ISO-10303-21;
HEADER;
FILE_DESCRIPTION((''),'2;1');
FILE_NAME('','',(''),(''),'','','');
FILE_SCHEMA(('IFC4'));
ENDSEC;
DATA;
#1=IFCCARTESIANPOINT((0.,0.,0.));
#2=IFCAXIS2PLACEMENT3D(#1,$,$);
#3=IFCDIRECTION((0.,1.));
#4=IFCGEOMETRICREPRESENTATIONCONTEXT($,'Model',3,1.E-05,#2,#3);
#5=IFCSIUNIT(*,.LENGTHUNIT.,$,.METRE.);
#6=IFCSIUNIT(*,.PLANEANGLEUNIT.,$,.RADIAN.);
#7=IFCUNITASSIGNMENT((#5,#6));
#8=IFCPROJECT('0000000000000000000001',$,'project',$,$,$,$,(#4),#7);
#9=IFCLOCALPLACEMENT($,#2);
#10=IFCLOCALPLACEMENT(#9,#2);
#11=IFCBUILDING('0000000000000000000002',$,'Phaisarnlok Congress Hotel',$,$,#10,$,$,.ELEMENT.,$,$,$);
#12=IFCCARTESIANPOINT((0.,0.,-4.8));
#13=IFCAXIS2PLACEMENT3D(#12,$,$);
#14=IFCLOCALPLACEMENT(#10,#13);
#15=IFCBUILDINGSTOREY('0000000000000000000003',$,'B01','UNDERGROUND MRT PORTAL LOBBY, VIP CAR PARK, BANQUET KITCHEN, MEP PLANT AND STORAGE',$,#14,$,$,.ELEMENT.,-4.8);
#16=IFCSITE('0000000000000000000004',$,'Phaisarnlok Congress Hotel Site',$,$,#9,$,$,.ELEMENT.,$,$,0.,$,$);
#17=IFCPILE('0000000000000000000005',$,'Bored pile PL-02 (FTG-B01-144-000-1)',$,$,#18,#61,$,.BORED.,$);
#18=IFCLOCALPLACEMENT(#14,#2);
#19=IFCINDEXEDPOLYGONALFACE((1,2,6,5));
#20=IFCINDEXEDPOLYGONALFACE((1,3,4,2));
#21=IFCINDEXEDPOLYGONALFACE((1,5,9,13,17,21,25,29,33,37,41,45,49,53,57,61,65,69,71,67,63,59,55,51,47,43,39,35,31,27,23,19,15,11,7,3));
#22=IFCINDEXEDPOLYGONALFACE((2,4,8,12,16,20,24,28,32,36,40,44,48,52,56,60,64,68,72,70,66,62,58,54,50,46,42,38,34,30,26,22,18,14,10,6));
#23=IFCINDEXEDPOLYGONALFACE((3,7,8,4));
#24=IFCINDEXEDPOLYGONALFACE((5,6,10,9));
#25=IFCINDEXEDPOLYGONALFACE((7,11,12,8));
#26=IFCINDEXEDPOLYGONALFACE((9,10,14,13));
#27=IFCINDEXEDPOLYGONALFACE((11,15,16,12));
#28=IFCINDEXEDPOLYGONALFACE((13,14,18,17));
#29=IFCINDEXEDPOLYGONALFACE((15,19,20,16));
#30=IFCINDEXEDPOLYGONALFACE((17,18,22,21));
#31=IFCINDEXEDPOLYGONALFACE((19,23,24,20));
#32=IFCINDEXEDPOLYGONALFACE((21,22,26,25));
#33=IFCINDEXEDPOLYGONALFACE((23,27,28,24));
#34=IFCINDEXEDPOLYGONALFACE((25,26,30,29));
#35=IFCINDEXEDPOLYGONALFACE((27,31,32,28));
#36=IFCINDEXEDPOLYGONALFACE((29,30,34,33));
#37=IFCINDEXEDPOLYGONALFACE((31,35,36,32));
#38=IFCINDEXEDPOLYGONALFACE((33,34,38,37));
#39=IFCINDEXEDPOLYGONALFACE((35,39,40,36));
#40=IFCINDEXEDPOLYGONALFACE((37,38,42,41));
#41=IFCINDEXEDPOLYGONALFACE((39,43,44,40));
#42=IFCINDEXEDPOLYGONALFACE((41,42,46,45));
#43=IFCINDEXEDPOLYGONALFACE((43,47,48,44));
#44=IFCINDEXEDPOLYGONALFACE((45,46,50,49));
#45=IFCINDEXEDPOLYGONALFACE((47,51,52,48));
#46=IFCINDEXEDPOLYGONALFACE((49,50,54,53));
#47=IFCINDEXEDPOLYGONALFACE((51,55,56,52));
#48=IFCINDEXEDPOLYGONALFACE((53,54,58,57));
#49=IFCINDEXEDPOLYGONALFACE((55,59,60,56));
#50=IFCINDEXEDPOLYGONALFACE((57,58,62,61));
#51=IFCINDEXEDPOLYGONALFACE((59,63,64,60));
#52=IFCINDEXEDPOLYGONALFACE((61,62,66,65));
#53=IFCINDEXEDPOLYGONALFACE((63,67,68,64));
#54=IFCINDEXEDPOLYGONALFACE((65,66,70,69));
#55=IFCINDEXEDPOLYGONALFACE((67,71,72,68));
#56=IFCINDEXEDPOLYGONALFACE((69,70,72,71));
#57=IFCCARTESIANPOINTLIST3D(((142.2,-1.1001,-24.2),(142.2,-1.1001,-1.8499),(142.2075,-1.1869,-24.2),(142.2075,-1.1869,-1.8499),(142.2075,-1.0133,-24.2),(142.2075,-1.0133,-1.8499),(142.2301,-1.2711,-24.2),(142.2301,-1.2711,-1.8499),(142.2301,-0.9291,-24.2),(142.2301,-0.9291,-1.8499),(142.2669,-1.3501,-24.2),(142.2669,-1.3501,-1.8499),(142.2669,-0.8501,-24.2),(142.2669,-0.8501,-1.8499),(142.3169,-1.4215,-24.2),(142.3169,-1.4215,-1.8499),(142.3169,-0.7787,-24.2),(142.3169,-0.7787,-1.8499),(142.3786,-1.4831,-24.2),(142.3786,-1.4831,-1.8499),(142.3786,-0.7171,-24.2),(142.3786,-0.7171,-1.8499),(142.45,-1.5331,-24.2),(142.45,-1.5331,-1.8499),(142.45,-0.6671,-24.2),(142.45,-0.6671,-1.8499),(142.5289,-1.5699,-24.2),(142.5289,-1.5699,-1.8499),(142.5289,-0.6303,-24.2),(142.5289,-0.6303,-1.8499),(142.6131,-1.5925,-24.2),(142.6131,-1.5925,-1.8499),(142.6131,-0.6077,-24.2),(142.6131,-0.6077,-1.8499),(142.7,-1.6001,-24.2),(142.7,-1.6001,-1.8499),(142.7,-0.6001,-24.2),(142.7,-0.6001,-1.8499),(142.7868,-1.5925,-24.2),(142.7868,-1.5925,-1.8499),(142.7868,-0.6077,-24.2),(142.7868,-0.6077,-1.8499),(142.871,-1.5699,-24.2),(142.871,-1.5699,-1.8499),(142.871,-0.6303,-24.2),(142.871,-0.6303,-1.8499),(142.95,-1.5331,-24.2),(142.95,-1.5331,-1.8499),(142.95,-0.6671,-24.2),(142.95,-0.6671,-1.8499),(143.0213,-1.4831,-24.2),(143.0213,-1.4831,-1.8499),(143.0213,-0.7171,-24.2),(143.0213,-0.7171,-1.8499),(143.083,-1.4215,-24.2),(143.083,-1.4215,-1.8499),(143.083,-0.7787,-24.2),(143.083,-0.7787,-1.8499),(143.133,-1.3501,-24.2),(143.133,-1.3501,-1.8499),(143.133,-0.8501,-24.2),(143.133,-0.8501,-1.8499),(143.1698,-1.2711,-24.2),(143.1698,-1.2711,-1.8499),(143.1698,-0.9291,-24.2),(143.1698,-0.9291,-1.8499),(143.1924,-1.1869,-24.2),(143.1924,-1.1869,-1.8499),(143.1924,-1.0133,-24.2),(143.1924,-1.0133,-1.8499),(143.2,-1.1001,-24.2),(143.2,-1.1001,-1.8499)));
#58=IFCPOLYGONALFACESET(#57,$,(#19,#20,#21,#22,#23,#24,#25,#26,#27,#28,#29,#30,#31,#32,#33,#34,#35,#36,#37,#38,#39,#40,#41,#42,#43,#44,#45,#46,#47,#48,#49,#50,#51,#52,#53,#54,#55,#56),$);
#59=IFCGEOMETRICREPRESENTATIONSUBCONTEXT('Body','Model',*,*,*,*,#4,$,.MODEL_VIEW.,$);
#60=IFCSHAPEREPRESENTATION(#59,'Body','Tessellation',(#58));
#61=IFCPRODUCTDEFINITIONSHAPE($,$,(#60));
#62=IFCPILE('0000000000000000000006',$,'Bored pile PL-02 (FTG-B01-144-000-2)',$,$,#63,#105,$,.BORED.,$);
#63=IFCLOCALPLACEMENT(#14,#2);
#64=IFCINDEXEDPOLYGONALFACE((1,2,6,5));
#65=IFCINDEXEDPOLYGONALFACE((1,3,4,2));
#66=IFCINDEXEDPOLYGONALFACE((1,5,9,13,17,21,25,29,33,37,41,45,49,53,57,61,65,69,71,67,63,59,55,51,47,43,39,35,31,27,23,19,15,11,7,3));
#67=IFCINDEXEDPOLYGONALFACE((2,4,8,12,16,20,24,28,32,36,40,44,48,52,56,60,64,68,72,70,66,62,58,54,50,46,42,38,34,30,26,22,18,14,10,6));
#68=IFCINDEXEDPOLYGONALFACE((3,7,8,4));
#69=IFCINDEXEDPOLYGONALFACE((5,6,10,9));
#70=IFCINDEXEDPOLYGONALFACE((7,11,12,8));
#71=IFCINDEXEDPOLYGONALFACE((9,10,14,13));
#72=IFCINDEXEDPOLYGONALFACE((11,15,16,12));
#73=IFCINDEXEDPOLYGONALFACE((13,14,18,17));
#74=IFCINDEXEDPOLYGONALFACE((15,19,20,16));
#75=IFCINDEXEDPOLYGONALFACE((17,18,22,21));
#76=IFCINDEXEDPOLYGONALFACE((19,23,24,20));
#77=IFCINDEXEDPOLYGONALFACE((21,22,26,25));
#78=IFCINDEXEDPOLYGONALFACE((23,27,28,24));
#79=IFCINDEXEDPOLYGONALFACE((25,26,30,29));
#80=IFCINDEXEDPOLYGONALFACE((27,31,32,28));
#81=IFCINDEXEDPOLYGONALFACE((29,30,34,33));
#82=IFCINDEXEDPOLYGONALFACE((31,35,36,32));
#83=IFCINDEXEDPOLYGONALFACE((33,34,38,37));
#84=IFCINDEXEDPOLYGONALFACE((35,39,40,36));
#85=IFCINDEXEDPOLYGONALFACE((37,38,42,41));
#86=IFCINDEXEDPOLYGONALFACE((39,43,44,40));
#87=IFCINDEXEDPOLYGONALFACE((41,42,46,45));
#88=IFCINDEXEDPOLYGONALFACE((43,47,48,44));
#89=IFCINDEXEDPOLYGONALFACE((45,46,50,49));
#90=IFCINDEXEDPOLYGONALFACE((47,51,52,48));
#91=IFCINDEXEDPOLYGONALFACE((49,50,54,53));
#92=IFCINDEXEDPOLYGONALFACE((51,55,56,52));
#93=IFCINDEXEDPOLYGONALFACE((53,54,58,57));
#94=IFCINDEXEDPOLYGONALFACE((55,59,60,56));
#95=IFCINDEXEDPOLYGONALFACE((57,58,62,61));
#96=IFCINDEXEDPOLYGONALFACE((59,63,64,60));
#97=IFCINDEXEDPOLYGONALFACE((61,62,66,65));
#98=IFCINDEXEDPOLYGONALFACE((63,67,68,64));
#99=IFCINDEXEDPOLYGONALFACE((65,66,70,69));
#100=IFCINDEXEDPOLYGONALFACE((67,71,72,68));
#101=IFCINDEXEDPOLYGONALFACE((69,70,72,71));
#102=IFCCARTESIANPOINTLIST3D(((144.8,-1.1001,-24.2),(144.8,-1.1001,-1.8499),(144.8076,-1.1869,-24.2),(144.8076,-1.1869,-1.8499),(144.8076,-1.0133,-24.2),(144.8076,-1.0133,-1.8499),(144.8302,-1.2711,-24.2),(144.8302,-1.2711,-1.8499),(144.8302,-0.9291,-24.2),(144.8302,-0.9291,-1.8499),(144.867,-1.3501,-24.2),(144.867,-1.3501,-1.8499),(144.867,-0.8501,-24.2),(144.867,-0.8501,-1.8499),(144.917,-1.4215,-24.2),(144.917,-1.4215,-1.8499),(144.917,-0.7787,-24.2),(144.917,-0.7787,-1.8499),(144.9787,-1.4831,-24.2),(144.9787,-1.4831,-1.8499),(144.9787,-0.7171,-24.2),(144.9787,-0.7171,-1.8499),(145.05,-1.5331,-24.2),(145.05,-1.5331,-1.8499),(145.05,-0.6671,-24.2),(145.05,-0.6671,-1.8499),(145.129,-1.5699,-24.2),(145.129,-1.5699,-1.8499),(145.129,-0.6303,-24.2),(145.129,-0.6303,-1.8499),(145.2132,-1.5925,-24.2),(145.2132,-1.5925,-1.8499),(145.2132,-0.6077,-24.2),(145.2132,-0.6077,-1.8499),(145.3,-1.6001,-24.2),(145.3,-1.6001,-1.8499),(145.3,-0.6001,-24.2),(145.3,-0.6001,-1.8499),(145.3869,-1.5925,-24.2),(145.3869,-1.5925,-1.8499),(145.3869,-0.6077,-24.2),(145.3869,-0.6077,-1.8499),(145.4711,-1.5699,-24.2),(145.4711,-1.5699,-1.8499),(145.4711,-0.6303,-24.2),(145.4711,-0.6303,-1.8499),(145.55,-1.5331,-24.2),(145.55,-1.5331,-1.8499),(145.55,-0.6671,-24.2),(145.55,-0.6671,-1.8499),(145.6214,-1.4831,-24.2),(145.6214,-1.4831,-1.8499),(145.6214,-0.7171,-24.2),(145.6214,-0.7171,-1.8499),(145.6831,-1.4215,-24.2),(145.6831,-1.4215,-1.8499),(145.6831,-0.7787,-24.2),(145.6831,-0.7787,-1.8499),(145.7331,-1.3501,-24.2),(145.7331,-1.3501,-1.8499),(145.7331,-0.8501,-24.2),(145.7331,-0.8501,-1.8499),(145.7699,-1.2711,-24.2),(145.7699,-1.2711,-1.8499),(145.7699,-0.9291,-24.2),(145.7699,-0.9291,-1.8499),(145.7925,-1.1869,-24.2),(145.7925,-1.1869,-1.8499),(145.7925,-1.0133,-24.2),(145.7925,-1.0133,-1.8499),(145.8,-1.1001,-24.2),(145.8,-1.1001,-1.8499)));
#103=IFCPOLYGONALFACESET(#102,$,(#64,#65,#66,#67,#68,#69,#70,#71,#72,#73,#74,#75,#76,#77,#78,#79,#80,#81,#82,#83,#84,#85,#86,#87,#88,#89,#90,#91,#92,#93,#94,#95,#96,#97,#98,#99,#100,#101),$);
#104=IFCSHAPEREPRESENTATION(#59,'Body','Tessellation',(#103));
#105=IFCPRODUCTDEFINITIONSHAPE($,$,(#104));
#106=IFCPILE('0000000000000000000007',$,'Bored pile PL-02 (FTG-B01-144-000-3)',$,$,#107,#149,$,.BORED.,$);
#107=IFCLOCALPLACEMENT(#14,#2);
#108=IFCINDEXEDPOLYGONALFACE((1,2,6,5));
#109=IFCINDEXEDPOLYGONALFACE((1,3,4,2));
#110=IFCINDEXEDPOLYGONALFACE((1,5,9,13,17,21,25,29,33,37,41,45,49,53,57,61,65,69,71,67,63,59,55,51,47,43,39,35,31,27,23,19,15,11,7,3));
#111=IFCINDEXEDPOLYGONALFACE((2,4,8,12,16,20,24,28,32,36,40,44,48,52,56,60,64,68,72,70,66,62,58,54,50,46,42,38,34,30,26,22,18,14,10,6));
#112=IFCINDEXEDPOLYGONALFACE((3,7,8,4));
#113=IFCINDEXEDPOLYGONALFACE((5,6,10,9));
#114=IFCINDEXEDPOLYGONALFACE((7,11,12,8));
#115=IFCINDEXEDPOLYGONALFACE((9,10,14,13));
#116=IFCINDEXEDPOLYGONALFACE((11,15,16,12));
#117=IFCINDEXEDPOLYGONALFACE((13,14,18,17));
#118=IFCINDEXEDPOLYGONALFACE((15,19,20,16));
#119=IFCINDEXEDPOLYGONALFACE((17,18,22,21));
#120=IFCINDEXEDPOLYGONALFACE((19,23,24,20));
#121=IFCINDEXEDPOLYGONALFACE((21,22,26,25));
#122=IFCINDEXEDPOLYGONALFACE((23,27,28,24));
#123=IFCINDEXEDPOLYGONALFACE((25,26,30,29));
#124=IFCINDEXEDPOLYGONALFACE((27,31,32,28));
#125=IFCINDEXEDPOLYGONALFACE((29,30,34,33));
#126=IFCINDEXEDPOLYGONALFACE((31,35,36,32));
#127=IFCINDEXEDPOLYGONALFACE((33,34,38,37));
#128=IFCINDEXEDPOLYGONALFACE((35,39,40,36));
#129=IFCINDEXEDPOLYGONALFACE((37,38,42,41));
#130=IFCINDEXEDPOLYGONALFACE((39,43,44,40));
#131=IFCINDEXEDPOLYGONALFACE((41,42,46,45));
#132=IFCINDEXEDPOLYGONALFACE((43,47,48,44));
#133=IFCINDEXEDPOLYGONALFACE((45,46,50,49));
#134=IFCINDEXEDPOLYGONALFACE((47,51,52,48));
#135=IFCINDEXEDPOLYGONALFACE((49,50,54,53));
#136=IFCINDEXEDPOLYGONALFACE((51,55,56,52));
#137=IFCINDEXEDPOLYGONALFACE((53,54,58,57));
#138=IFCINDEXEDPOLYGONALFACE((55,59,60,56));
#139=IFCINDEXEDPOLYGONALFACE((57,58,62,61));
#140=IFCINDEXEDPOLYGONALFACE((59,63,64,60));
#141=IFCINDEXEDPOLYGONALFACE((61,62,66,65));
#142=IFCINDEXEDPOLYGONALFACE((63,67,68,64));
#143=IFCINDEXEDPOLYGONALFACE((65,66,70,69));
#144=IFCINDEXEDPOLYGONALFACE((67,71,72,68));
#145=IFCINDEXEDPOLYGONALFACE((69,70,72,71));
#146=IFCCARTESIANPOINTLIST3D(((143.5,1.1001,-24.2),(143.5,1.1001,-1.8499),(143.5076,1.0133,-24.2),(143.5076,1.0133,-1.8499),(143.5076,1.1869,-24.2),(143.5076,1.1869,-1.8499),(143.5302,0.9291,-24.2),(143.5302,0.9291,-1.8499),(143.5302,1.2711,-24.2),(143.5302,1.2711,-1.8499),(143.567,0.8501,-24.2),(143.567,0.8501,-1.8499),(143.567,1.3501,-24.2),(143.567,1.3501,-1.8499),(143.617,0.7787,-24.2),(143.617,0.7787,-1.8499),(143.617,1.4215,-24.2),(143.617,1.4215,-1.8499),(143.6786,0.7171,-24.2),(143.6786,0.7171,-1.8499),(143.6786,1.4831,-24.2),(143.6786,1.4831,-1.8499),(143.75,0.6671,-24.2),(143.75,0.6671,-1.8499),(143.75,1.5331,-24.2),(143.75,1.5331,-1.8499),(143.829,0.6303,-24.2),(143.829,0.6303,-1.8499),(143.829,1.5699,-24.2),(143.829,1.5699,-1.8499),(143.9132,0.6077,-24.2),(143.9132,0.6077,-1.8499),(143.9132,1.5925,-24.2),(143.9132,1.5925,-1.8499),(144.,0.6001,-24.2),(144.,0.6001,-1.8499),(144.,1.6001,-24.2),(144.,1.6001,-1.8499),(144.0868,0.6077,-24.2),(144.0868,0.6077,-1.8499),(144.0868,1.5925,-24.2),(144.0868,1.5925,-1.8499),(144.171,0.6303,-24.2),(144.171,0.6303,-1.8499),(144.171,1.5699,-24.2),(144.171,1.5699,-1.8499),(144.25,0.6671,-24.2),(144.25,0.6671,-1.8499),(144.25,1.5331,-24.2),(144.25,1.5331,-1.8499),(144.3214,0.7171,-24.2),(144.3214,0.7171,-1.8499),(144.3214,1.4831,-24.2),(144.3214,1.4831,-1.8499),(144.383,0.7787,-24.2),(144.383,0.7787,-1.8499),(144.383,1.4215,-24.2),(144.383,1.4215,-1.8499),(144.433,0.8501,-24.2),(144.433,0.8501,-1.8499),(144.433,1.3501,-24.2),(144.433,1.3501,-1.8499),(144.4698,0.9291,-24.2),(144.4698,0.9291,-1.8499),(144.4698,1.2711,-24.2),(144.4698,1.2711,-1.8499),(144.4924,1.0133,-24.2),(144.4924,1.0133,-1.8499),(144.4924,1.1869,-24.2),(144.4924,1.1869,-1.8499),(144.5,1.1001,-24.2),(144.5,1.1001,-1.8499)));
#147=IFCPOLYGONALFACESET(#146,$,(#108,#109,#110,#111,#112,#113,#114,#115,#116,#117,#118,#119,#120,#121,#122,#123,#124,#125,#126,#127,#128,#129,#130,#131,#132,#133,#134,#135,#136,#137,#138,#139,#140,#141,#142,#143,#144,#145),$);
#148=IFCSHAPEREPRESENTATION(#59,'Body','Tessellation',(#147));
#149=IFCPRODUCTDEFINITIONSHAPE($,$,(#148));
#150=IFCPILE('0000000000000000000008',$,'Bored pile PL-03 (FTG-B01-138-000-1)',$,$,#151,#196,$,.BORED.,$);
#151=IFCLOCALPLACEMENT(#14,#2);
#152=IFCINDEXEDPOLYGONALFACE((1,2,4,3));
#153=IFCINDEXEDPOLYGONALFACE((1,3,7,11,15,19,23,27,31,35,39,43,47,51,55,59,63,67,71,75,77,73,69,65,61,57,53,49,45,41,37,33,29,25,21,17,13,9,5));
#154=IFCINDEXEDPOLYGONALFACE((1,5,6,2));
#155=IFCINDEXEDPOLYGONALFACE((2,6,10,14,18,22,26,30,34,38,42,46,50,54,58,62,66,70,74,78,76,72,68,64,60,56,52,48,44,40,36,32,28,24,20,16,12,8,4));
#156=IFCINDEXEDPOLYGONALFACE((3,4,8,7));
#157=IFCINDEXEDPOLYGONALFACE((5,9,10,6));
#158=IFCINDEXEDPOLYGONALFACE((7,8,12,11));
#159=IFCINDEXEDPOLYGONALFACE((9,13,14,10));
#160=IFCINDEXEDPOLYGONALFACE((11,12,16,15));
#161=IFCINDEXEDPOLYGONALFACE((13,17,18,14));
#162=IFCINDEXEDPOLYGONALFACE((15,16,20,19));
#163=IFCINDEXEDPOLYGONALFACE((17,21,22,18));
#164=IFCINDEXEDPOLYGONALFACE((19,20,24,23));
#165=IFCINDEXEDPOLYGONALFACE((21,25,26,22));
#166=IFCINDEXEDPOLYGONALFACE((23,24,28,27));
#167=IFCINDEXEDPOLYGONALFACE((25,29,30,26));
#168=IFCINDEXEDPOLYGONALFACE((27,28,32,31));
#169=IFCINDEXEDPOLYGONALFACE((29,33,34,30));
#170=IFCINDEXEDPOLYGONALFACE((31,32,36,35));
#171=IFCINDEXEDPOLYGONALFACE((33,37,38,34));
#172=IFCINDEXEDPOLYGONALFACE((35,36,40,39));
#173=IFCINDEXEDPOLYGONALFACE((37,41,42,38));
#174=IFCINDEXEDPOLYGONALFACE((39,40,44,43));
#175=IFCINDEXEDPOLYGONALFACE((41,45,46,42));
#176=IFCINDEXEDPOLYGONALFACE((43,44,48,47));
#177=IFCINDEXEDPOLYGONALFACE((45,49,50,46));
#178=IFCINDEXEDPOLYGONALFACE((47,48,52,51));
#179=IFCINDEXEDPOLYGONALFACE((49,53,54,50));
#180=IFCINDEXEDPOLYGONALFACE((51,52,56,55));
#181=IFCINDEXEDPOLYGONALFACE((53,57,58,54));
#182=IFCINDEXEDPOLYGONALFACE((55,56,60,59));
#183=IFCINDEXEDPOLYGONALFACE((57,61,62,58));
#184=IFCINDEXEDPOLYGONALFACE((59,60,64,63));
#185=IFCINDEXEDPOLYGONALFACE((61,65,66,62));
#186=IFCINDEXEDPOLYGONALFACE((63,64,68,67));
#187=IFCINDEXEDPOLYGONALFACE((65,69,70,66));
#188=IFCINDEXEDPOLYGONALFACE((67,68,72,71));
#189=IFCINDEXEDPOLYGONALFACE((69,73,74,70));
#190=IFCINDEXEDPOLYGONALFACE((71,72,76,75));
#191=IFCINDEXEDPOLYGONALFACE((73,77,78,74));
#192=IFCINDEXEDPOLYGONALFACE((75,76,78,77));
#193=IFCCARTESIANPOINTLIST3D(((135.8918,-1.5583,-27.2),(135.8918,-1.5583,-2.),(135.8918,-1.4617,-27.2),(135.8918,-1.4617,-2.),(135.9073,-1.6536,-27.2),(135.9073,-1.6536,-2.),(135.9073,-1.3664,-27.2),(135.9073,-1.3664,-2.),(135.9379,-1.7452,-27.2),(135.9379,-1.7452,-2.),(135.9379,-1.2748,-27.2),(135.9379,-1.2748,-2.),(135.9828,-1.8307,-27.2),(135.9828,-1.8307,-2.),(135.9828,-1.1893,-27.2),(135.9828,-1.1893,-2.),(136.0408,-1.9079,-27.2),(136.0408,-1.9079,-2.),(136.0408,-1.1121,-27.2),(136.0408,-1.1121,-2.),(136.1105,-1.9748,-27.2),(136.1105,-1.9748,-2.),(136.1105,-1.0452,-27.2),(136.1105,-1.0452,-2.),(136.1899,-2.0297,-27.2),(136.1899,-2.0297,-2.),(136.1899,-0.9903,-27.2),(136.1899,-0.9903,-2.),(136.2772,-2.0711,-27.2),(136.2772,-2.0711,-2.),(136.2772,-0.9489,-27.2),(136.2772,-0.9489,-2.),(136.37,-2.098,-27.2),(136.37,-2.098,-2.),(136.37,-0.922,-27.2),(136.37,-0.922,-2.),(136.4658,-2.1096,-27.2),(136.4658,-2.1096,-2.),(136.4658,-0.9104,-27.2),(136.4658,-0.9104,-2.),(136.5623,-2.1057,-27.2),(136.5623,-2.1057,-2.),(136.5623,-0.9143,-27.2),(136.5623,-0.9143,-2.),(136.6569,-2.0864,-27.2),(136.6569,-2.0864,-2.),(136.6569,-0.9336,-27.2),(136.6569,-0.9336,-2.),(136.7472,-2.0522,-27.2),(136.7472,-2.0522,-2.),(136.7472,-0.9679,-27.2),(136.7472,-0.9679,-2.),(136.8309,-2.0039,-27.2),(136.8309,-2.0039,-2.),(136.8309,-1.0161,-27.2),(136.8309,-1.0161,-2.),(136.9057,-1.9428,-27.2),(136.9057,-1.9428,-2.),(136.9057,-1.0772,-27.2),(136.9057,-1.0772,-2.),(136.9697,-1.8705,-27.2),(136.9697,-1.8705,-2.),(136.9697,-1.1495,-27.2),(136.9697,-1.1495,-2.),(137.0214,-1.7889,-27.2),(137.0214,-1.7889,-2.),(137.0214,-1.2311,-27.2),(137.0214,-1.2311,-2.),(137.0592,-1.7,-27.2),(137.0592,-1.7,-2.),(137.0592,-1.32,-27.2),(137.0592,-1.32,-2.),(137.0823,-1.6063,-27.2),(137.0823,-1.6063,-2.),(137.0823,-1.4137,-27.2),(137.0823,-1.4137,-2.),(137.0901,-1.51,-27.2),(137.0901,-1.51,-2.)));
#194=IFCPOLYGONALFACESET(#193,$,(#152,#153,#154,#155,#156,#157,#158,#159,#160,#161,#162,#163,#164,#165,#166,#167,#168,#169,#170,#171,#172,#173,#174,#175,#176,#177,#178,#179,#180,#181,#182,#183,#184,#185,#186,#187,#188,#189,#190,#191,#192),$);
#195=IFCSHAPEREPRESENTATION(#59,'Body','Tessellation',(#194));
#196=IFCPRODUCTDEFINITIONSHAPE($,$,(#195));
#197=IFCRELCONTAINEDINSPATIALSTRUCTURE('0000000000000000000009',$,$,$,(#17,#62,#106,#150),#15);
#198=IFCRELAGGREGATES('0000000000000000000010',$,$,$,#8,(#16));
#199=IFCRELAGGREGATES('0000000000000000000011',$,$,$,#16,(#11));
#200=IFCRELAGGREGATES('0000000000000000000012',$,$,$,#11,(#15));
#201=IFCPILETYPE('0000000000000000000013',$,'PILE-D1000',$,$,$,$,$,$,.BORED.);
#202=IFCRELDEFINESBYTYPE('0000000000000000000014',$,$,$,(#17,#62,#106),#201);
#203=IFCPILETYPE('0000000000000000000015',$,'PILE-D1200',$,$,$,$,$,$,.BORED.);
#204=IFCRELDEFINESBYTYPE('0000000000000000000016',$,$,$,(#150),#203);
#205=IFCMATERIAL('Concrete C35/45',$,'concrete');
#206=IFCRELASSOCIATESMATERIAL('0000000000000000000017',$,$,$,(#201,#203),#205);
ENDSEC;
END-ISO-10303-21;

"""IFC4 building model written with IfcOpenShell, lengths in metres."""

from ifc_helpers import new_model, si_unit, direction, frame, origin, origin_2d, place, context, subcontext, project, spatial, circle, extrude, material, material_profile, profile_set, type_object, element, save


model = new_model("IFC4")

# Units and contexts
model_context = context("Model", 3, precision=1e-05, world=origin(), true_north=direction((0.0, 1.0)))
body_context = subcontext(model_context, "Body", "Model", "MODEL_VIEW")
ifc_project = project(units=[si_unit("LENGTHUNIT", "METRE"), si_unit("PLANEANGLEUNIT", "RADIAN")], contexts=[model_context])

# Site, building, storey
site_placement = place(None, origin())
site = spatial("IfcSite", under=ifc_project, at=site_placement, Name="Phaisarnlok Congress Hotel Site", CompositionType="ELEMENT", RefElevation=0.0)
building_placement = place(site_placement, origin())
building = spatial("IfcBuilding", under=site, at=building_placement, Name="Phaisarnlok Congress Hotel", CompositionType="ELEMENT")
storey_placement = place(building_placement, frame((0.0, 0.0, -4.8)))
storey = spatial("IfcBuildingStorey", under=building, at=storey_placement, Name="B01", Description="UNDERGROUND MRT PORTAL LOBBY, VIP CAR PARK, BANQUET KITCHEN, MEP PLANT AND STORAGE", CompositionType="ELEMENT", Elevation=-4.8)

# Piles
ifc_material_1 = material(Name="Concrete C35/45", Category="concrete")
ifc_material_profile_1 = material_profile(ifc_material_1, circle(Radius=0.5, at=origin_2d()), Name="BORED PILE D1000")
ifc_profile_set_1 = profile_set([ifc_material_profile_1], Name="Concrete C35/45")
pile_type_1 = type_object("IfcPileType", Name="PILE-D1000", PredefinedType="BORED", material=ifc_profile_set_1)
for number, where, z_axis, x_axis, name in (
    (1, (142.7, -1.1001, -1.8499), (0.0, 0.0, -1.0), (1.0, 0.0, 0.0), "Bored pile PL-02 (FTG-B01-144-000-1)"),
    (2, (145.3, -1.1001, -1.8499), (0.0, 0.0, -1.0), (1.0, 0.0, 0.0), "Bored pile PL-02 (FTG-B01-144-000-2)"),
    (3, (144.0, 1.1001, -1.8499), (0.0, 0.0, -1.0), (1.0, 0.0, 0.0), "Bored pile PL-02 (FTG-B01-144-000-3)"),
):
    element("IfcPile", number, at=place(storey_placement, frame(where, z_axis=z_axis, x_axis=x_axis)), inside=storey, type_object=pile_type_1, Name=name, PredefinedType="BORED", context=body_context, shape_type="SweptSolid", body=[
        extrude(circle(Radius=0.5, at=origin_2d()), origin(), (0.0, 0.0, 1.0), 22.3501),
    ])
ifc_material_profile_2 = material_profile(ifc_material_1, circle(Radius=0.6001, at=origin_2d()), Name="BORED PILE D1200")
ifc_profile_set_2 = profile_set([ifc_material_profile_2], Name="Concrete C35/45")
pile_type_2 = type_object("IfcPileType", Name="PILE-D1200", PredefinedType="BORED", material=ifc_profile_set_2)
for number, where, z_axis, x_axis, name in (
    (4, (136.49, -1.51, -2.0), (0.0, 0.0, -1.0), (1.0, 0.0, 0.0), "Bored pile PL-03 (FTG-B01-138-000-1)"),
):
    element("IfcPile", number, at=place(storey_placement, frame(where, z_axis=z_axis, x_axis=x_axis)), inside=storey, type_object=pile_type_2, Name=name, PredefinedType="BORED", context=body_context, shape_type="SweptSolid", body=[
        extrude(circle(Radius=0.6001, at=origin_2d()), origin(), (0.0, 0.0, 1.0), 25.2),
    ])

save(model, "model.ifc")
